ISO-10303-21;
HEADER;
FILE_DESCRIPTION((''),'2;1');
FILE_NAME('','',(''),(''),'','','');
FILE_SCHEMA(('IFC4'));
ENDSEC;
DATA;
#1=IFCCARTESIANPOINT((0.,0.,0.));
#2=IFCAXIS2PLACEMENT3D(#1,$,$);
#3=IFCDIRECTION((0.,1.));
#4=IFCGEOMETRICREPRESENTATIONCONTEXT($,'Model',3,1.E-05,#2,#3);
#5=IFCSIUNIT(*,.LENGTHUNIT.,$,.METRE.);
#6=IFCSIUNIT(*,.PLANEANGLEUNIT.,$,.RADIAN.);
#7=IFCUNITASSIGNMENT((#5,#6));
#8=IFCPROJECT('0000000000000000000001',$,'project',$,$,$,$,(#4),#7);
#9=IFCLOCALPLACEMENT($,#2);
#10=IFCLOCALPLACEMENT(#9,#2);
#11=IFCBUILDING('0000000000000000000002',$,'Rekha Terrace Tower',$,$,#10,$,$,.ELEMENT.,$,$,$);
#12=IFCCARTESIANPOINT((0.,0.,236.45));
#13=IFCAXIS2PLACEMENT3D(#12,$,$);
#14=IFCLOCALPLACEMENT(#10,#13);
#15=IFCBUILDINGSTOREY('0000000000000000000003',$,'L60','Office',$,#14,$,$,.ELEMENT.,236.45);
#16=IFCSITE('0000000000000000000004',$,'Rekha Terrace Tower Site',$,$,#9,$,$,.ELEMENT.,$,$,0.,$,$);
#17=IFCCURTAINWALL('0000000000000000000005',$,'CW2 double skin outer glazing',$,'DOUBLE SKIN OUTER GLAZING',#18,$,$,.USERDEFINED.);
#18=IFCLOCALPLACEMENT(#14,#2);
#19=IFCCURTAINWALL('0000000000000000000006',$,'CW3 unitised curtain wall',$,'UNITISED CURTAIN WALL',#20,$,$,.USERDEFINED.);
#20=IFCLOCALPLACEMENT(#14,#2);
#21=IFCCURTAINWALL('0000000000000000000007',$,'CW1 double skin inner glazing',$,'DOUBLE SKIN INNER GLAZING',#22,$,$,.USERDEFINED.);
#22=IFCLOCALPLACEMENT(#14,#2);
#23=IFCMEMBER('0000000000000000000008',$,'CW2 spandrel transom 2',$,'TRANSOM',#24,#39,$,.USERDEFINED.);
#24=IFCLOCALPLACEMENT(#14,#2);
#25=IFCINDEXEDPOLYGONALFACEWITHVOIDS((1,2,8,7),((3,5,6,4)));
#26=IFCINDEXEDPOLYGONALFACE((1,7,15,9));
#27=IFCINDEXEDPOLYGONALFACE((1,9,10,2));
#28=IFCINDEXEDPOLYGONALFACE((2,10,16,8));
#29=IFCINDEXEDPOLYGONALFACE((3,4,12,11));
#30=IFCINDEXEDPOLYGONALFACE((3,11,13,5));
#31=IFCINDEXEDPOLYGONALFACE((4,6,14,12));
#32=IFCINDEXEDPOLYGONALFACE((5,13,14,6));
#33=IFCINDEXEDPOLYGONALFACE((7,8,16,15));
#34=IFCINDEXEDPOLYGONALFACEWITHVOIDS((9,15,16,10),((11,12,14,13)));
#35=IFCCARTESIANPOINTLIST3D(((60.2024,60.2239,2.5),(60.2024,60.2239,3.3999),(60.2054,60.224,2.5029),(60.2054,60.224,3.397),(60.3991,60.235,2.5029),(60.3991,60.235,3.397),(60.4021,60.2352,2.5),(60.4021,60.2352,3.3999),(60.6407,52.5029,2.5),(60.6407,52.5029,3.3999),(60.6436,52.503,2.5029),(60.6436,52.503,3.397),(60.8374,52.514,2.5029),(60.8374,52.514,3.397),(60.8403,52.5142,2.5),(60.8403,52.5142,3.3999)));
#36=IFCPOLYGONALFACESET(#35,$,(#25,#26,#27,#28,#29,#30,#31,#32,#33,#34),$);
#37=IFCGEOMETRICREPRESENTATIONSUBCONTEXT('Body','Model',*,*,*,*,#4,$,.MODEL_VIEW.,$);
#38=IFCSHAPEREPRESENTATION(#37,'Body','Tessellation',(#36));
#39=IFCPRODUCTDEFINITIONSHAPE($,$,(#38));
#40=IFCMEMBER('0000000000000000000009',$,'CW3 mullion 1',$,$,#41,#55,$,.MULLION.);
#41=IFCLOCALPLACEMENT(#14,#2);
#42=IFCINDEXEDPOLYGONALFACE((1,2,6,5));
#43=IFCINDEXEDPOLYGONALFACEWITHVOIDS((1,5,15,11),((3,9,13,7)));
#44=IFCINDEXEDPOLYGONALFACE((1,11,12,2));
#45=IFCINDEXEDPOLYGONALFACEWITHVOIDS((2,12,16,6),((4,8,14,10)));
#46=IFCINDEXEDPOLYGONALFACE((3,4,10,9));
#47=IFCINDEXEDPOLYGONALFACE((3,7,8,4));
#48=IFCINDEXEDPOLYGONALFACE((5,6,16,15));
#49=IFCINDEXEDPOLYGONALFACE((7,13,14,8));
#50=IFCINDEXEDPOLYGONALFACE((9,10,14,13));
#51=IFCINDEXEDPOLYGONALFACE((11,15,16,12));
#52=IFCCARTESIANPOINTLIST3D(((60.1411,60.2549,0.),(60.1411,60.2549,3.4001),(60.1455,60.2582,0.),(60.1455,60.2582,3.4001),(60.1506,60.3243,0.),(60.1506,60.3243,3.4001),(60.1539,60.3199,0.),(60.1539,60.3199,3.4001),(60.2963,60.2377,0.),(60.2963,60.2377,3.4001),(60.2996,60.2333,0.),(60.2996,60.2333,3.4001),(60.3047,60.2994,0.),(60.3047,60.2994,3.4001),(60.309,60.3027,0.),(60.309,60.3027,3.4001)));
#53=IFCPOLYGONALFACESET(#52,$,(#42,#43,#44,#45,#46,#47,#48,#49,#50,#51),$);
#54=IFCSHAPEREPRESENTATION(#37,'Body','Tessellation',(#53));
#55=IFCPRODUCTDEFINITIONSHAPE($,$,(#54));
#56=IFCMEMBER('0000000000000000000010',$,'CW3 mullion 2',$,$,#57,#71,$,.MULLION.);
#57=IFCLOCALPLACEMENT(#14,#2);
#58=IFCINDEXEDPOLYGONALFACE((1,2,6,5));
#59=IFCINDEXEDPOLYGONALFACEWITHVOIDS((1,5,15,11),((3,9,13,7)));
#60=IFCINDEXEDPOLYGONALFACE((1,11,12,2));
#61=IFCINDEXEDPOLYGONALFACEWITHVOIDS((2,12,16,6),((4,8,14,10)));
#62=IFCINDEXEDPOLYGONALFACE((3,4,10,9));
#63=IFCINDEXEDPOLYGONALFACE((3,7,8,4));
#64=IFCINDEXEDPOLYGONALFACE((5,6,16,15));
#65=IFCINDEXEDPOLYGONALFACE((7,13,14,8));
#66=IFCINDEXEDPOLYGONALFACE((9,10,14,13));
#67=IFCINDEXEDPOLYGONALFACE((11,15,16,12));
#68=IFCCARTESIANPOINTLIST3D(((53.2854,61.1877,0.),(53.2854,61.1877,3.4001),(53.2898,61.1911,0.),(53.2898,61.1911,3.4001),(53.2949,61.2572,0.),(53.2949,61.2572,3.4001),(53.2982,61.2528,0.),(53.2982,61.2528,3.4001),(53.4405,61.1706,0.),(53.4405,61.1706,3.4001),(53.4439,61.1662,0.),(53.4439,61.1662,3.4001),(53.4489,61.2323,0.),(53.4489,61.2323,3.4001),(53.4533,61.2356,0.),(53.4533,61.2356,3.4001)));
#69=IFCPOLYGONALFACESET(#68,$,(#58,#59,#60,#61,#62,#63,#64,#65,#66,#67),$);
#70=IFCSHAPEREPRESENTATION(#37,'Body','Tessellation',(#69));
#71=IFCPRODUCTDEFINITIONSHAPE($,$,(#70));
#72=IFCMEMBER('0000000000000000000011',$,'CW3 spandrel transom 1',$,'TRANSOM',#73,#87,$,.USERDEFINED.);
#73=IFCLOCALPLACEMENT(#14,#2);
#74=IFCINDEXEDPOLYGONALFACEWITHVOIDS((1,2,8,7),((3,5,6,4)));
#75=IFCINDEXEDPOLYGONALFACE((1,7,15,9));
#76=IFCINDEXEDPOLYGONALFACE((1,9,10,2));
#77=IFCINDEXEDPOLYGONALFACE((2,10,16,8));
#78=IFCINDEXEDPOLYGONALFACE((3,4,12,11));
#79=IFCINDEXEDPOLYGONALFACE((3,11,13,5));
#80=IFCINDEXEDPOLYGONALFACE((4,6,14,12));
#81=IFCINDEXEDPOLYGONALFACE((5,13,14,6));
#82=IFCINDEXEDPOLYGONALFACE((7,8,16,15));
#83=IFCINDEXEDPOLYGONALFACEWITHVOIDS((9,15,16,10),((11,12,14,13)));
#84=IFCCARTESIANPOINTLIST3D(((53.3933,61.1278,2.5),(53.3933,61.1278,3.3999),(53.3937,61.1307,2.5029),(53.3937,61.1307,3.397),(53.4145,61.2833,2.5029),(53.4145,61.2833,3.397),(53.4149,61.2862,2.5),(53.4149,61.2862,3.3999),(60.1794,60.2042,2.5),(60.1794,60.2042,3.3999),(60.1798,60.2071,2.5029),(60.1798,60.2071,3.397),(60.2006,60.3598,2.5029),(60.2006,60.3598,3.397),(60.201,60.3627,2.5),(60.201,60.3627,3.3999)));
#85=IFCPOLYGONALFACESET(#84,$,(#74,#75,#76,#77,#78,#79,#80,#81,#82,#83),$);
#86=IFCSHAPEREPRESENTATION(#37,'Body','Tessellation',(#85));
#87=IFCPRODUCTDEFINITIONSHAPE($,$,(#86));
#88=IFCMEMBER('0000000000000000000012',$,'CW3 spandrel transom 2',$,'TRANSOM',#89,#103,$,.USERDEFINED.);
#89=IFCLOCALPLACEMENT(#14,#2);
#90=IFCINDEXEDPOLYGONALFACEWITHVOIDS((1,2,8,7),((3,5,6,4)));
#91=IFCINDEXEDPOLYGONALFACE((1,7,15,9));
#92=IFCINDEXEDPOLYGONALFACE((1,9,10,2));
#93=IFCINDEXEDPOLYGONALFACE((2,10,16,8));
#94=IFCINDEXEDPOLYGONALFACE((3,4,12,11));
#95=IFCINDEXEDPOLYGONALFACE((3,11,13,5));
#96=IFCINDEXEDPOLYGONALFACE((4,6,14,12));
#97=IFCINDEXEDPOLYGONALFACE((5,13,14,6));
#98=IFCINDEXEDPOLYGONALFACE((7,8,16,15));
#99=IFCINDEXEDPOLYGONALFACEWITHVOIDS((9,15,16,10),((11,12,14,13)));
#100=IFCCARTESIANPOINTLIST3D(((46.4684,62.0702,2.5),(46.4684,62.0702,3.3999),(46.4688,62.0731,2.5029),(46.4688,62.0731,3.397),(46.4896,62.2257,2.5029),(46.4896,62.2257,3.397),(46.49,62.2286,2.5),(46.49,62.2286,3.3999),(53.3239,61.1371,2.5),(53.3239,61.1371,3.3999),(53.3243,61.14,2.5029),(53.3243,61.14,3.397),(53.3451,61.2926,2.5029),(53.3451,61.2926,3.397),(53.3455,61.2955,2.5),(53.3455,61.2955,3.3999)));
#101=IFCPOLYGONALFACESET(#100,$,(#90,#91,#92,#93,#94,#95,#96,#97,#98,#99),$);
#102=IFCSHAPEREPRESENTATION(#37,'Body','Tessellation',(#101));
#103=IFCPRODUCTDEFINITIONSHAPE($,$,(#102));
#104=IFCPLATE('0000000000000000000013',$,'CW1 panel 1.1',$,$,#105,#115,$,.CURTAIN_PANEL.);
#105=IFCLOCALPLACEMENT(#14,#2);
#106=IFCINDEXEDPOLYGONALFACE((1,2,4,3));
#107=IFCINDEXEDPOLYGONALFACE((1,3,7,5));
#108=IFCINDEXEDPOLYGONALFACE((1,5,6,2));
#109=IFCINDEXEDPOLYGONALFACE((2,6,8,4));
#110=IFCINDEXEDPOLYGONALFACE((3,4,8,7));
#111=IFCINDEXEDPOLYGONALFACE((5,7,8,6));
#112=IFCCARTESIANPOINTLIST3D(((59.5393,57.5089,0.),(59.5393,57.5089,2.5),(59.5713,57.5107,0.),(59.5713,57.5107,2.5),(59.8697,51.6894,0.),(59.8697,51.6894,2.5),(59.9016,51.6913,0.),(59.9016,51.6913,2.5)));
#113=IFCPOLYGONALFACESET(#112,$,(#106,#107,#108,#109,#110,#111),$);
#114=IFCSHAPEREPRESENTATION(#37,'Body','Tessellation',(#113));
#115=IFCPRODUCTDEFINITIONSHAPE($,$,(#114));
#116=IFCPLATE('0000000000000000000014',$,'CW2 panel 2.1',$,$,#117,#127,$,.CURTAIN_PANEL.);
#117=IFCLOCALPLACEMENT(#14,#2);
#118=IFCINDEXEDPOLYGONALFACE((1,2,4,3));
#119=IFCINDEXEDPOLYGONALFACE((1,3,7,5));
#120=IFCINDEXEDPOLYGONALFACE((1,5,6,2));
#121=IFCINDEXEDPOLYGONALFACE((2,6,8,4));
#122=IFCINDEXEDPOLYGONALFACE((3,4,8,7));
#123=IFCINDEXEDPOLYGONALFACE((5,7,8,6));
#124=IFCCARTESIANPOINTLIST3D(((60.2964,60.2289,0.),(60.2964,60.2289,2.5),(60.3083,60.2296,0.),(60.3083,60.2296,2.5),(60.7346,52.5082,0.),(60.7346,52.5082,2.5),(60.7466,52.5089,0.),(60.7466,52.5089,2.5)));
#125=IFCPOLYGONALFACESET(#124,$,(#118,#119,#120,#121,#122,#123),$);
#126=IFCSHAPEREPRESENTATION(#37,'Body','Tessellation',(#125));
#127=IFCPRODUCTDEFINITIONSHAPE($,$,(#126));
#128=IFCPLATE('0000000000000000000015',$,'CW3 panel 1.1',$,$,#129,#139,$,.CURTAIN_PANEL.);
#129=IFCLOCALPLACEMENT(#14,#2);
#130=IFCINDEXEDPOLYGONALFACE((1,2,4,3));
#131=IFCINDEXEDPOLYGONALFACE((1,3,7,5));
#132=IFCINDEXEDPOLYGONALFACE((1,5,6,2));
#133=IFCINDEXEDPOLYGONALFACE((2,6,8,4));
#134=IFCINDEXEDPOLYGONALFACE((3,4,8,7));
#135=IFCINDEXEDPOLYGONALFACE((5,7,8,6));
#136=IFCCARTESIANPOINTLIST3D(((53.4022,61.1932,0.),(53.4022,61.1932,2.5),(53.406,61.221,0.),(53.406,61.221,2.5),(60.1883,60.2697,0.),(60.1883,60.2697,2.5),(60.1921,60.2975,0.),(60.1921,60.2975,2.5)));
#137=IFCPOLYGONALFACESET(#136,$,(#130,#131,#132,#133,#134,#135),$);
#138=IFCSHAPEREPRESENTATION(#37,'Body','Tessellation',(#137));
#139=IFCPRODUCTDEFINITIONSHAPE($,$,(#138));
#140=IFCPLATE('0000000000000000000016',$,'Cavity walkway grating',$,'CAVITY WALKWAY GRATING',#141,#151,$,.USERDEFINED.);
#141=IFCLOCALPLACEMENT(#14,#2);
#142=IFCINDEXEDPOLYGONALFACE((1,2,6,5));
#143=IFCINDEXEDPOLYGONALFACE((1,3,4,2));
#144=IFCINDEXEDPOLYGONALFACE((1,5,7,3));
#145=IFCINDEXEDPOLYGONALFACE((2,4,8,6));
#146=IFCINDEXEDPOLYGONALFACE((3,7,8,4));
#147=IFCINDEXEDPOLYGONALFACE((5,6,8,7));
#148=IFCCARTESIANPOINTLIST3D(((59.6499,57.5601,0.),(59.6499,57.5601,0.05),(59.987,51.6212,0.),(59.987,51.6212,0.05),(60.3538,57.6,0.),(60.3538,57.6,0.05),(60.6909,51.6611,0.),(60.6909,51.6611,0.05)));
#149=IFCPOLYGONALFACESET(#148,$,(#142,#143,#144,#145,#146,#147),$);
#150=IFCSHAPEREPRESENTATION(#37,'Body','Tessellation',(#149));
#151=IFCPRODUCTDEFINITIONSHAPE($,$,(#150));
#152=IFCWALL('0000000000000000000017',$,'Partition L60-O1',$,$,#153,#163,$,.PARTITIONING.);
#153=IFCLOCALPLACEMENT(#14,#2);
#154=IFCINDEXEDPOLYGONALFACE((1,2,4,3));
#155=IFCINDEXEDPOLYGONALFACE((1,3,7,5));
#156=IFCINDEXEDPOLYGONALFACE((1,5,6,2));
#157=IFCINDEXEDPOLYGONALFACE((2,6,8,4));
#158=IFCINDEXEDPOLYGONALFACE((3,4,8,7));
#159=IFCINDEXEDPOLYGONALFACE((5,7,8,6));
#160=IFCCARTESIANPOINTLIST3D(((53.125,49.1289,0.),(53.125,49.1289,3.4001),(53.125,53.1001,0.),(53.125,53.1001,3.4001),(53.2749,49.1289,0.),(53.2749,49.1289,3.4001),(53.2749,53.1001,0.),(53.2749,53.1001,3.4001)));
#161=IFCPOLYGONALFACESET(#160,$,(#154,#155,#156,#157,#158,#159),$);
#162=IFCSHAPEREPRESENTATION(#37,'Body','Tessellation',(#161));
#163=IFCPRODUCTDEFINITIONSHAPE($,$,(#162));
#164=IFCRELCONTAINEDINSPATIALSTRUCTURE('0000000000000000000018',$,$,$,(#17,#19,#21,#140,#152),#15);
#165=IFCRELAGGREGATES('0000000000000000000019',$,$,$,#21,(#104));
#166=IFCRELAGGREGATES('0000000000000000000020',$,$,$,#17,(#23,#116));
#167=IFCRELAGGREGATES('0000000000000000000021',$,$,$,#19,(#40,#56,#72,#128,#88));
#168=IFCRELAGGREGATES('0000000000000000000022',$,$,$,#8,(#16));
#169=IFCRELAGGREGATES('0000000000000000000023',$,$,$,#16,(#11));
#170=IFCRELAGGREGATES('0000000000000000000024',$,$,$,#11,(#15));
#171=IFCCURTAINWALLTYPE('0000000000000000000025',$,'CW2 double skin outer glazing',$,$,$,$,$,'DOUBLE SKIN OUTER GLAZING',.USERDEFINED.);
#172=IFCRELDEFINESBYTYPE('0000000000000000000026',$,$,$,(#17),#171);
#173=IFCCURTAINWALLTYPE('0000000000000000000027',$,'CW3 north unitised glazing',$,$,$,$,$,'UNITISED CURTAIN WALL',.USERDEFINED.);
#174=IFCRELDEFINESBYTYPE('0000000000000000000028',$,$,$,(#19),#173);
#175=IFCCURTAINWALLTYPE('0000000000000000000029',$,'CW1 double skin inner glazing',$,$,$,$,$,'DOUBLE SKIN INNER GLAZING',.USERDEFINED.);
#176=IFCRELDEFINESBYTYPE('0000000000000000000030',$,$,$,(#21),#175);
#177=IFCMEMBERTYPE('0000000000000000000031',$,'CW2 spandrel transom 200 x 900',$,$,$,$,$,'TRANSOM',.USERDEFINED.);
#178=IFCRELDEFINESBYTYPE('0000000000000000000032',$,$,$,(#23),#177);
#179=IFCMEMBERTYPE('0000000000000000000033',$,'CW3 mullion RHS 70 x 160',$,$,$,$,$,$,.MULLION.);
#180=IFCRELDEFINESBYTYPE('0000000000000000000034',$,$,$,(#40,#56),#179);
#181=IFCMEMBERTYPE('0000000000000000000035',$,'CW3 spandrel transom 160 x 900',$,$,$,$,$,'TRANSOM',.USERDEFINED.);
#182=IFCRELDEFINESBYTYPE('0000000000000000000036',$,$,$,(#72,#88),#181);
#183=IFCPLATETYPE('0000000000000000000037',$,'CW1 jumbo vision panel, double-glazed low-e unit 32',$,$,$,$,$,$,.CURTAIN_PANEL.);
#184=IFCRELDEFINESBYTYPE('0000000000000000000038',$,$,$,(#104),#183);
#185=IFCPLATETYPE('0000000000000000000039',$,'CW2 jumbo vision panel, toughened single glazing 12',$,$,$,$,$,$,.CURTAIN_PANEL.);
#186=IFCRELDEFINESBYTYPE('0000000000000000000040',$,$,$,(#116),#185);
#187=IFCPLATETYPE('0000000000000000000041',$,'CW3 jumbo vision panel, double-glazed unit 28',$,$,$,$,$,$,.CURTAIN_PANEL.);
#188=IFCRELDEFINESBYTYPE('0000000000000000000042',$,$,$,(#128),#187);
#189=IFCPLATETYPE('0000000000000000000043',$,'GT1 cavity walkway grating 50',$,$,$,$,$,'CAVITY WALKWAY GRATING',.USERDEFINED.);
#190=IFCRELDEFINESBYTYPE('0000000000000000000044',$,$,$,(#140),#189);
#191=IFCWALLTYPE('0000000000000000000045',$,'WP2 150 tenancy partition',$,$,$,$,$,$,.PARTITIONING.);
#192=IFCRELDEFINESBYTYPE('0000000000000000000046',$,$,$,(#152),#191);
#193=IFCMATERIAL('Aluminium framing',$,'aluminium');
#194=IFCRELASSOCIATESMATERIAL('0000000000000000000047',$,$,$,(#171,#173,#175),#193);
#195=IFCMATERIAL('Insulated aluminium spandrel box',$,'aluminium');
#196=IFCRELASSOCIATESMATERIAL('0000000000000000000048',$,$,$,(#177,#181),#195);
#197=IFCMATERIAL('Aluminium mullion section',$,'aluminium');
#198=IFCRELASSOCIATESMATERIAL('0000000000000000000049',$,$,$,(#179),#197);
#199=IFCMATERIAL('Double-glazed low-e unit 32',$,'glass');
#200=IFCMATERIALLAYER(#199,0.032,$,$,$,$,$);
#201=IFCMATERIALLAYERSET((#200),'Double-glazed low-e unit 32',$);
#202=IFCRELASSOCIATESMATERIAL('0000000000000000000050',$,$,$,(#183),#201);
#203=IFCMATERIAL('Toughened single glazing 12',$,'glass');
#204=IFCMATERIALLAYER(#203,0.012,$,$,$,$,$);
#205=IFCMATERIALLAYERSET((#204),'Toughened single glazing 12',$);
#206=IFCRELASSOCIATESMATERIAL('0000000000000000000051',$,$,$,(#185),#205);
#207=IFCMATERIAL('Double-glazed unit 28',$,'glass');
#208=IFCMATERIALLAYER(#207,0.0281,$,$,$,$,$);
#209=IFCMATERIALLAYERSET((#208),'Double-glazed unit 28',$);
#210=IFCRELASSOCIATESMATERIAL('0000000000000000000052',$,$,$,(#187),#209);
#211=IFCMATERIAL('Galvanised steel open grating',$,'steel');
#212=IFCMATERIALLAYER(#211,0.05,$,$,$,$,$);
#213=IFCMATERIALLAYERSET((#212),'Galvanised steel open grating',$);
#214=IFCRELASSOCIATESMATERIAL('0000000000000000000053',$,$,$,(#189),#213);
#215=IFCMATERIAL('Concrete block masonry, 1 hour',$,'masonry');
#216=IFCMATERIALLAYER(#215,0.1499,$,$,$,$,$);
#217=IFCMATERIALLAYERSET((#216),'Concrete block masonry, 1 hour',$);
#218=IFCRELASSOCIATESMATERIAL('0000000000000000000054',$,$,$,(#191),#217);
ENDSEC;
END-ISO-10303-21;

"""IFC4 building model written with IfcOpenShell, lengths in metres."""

from ifc_helpers import new_model, si_unit, direction, frame, frame_2d, origin, origin_2d, place, context, subcontext, project, spatial, rectangle, hollow_rectangle, extrude, material, layer, layer_set, material_profile, profile_set, type_object, element, aggregate, save


model = new_model("IFC4")

# Units and contexts
model_context = context("Model", 3, precision=1e-05, world=origin(), true_north=direction((0.0, 1.0)))
body_context = subcontext(model_context, "Body", "Model", "MODEL_VIEW")
ifc_project = project(units=[si_unit("LENGTHUNIT", "METRE"), si_unit("PLANEANGLEUNIT", "RADIAN")], contexts=[model_context])

# Site, building, storey
site_placement = place(None, origin())
site = spatial("IfcSite", under=ifc_project, at=site_placement, Name="Rekha Terrace Tower Site", CompositionType="ELEMENT", RefElevation=0.0)
building_placement = place(site_placement, origin())
building = spatial("IfcBuilding", under=site, at=building_placement, Name="Rekha Terrace Tower", CompositionType="ELEMENT")
storey_placement = place(building_placement, frame((0.0, 0.0, 236.45)))
storey = spatial("IfcBuildingStorey", under=building, at=storey_placement, Name="L60", Description="Office", CompositionType="ELEMENT", Elevation=236.45)

# Curtain walls
ifc_material_1 = material(Name="Aluminium framing", Category="aluminium")
curtain_wall_type_1 = type_object("IfcCurtainWallType", Name="CW2 double skin outer glazing", ElementType="DOUBLE SKIN OUTER GLAZING", PredefinedType="USERDEFINED", material=ifc_material_1)
curtain_wall_1_placement = place(storey_placement, origin())
curtain_wall_1 = element("IfcCurtainWall", 1, at=curtain_wall_1_placement, inside=storey, type_object=curtain_wall_type_1, Name="CW2 double skin outer glazing", ObjectType="DOUBLE SKIN OUTER GLAZING", PredefinedType="USERDEFINED")
curtain_wall_type_2 = type_object("IfcCurtainWallType", Name="CW3 north unitised glazing", ElementType="UNITISED CURTAIN WALL", PredefinedType="USERDEFINED", material=ifc_material_1)
curtain_wall_2_placement = place(storey_placement, origin())
curtain_wall_2 = element("IfcCurtainWall", 2, at=curtain_wall_2_placement, inside=storey, type_object=curtain_wall_type_2, Name="CW3 unitised curtain wall", ObjectType="UNITISED CURTAIN WALL", PredefinedType="USERDEFINED")
curtain_wall_type_3 = type_object("IfcCurtainWallType", Name="CW1 double skin inner glazing", ElementType="DOUBLE SKIN INNER GLAZING", PredefinedType="USERDEFINED", material=ifc_material_1)
ifc_material_2 = material(Name="Aluminium mullion section", Category="aluminium")

# Curtain wall
curtain_wall_3_placement = place(storey_placement, origin())
curtain_wall_3 = element("IfcCurtainWall", 3, at=curtain_wall_3_placement, inside=storey, type_object=curtain_wall_type_3, Name="CW1 double skin inner glazing", ObjectType="DOUBLE SKIN INNER GLAZING", PredefinedType="USERDEFINED")
ifc_material_3 = material(Name="Insulated aluminium spandrel box", Category="aluminium")

# Members
ifc_material_profile_1 = material_profile(ifc_material_3, hollow_rectangle(XDim=0.2, YDim=0.8999, WallThickness=0.0029, at=origin_2d()), Name="AL SPANDREL BOX 200x900")
ifc_profile_set_1 = profile_set([ifc_material_profile_1], Name="Insulated aluminium spandrel box")
member_type_1 = type_object("IfcMemberType", Name="CW2 spandrel transom 200 x 900", ElementType="TRANSOM", PredefinedType="USERDEFINED", material=ifc_profile_set_1)
member_1_placement = place(storey_placement, frame((60.7405, 52.5085, 2.95), z_axis=(-0.056668, 0.998393, 0.0), x_axis=(-0.998393, -0.056668, 0.0)))
member_1 = element("IfcMember", 4, at=member_1_placement, type_object=member_type_1, Name="CW2 spandrel transom 2", ObjectType="TRANSOM", PredefinedType="USERDEFINED", context=body_context, shape_type="SweptSolid", body=[
    extrude(hollow_rectangle(XDim=0.2, YDim=0.8999, WallThickness=0.0029, at=origin_2d()), origin(), (0.0, 0.0, 1.0), 7.7334),
])
ifc_material_profile_2 = material_profile(ifc_material_2, hollow_rectangle(XDim=0.0701, YDim=0.1599, WallThickness=0.0039, at=origin_2d()), Name="AL RHS 70x160")
ifc_profile_set_2 = profile_set([ifc_material_profile_2], Name="Aluminium mullion section")
member_type_2 = type_object("IfcMemberType", Name="CW3 mullion RHS 70 x 160", PredefinedType="MULLION", material=ifc_profile_set_2)
member_2_placement = place(storey_placement, frame((60.2251, 60.2788, 0.0), z_axis=(0.0, 0.0, 1.0), x_axis=(-0.134841, -0.990867, 0.0)))
member_2 = element("IfcMember", 5, at=member_2_placement, type_object=member_type_2, Name="CW3 mullion 1", PredefinedType="MULLION", context=body_context, shape_type="SweptSolid", body=[
    extrude(hollow_rectangle(XDim=0.0701, YDim=0.1599, WallThickness=0.0039, at=origin_2d()), origin(), (0.0, 0.0, 1.0), 3.4001),
])
member_3_placement = place(storey_placement, frame((53.3694, 61.2117, 0.0), z_axis=(0.0, 0.0, 1.0), x_axis=(-0.134841, -0.990867, 0.0)))
member_3 = element("IfcMember", 6, at=member_3_placement, type_object=member_type_2, Name="CW3 mullion 2", PredefinedType="MULLION", context=body_context, shape_type="SweptSolid", body=[
    extrude(hollow_rectangle(XDim=0.0701, YDim=0.1599, WallThickness=0.0039, at=origin_2d()), origin(), (0.0, 0.0, 1.0), 3.4001),
])
ifc_material_profile_3 = material_profile(ifc_material_3, hollow_rectangle(XDim=0.1599, YDim=0.8999, WallThickness=0.0029, at=origin_2d()), Name="AL SPANDREL BOX 160x900")
ifc_profile_set_3 = profile_set([ifc_material_profile_3], Name="Insulated aluminium spandrel box")
member_type_3 = type_object("IfcMemberType", Name="CW3 spandrel transom 160 x 900", ElementType="TRANSOM", PredefinedType="USERDEFINED", material=ifc_profile_set_3)
member_4_placement = place(storey_placement, frame((60.1902, 60.2834, 2.95), z_axis=(-0.990865, 0.134855, 0.0), x_axis=(-0.134855, -0.990865, 0.0)))
member_4 = element("IfcMember", 7, at=member_4_placement, type_object=member_type_3, Name="CW3 spandrel transom 1", ObjectType="TRANSOM", PredefinedType="USERDEFINED", context=body_context, shape_type="SweptSolid", body=[
    extrude(hollow_rectangle(XDim=0.1599, YDim=0.8999, WallThickness=0.0029, at=origin_2d()), origin(), (0.0, 0.0, 1.0), 6.8486),
])
member_5_placement = place(storey_placement, frame((53.3347, 61.2163, 2.95), z_axis=(-0.990864, 0.134868, 0.0), x_axis=(-0.134868, -0.990864, 0.0)))
member_5 = element("IfcMember", 8, at=member_5_placement, type_object=member_type_3, Name="CW3 spandrel transom 2", ObjectType="TRANSOM", PredefinedType="USERDEFINED", context=body_context, shape_type="SweptSolid", body=[
    extrude(hollow_rectangle(XDim=0.1599, YDim=0.8999, WallThickness=0.0029, at=origin_2d()), origin(), (0.0, 0.0, 1.0), 6.9187),
])

# Plates
ifc_material_4 = material(Name="Double-glazed low-e unit 32", Category="glass")
ifc_layer_1 = layer(ifc_material_4, 0.032)
ifc_layer_set_1 = layer_set([ifc_layer_1], Name="Double-glazed low-e unit 32")
plate_type_1 = type_object("IfcPlateType", Name="CW1 jumbo vision panel, double-glazed low-e unit 32", PredefinedType="CURTAIN_PANEL", material=ifc_layer_set_1)
plate_1_placement = place(storey_placement, frame((59.7205, 54.6001, 0.0), z_axis=(0.0, 0.0, 1.0), x_axis=(-0.056673, 0.998393, 0.0)))
plate_1 = element("IfcPlate", 9, at=plate_1_placement, type_object=plate_type_1, Name="CW1 panel 1.1", PredefinedType="CURTAIN_PANEL", context=body_context, shape_type="SweptSolid", body=[
    extrude(rectangle(XDim=5.8289, YDim=0.032, at=origin_2d()), origin(), (0.0, 0.0, 1.0), 2.5),
])
aggregate(curtain_wall_3, [plate_1])
ifc_material_5 = material(Name="Toughened single glazing 12", Category="glass")
ifc_layer_2 = layer(ifc_material_5, 0.012)
ifc_layer_set_2 = layer_set([ifc_layer_2], Name="Toughened single glazing 12")
plate_type_2 = type_object("IfcPlateType", Name="CW2 jumbo vision panel, toughened single glazing 12", PredefinedType="CURTAIN_PANEL", material=ifc_layer_set_2)
plate_2_placement = place(storey_placement, frame((60.5215, 56.3689, 0.0), z_axis=(0.0, 0.0, 1.0), x_axis=(-0.056673, 0.998393, 0.0)))
plate_2 = element("IfcPlate", 10, at=plate_2_placement, type_object=plate_type_2, Name="CW2 panel 2.1", PredefinedType="CURTAIN_PANEL", context=body_context, shape_type="SweptSolid", body=[
    extrude(rectangle(XDim=7.7332, YDim=0.012, at=origin_2d()), origin(), (0.0, 0.0, 1.0), 2.5),
])
aggregate(curtain_wall_1, [member_1, plate_2])
ifc_material_6 = material(Name="Double-glazed unit 28", Category="glass")
ifc_layer_3 = layer(ifc_material_6, 0.0281)
ifc_layer_set_3 = layer_set([ifc_layer_3], Name="Double-glazed unit 28")
plate_type_3 = type_object("IfcPlateType", Name="CW3 jumbo vision panel, double-glazed unit 28", PredefinedType="CURTAIN_PANEL", material=ifc_layer_set_3)
plate_3_placement = place(storey_placement, frame((56.7971, 60.7454, 0.0), z_axis=(0.0, 0.0, 1.0), x_axis=(-0.990867, 0.134841, 0.0)))
plate_3 = element("IfcPlate", 11, at=plate_3_placement, type_object=plate_type_3, Name="CW3 panel 1.1", PredefinedType="CURTAIN_PANEL", context=body_context, shape_type="SweptSolid", body=[
    extrude(rectangle(XDim=6.8486, YDim=0.0281, at=origin_2d()), origin(), (0.0, 0.0, 1.0), 2.5),
])
aggregate(curtain_wall_2, [member_2, member_3, member_4, plate_3, member_5])
ifc_material_7 = material(Name="Galvanised steel open grating", Category="steel")
ifc_layer_4 = layer(ifc_material_7, 0.05)
ifc_layer_set_4 = layer_set([ifc_layer_4], Name="Galvanised steel open grating")
plate_type_4 = type_object("IfcPlateType", Name="GT1 cavity walkway grating 50", ElementType="CAVITY WALKWAY GRATING", PredefinedType="USERDEFINED", material=ifc_layer_set_4)
plate_4_placement = place(storey_placement, frame((60.1704, 54.6106, 0.0), z_axis=(0.0, 0.0, 1.0), x_axis=(-0.056673, 0.998393, 0.0)))
element("IfcPlate", 12, at=plate_4_placement, inside=storey, type_object=plate_type_4, Name="Cavity walkway grating", ObjectType="CAVITY WALKWAY GRATING", PredefinedType="USERDEFINED", context=body_context, shape_type="SweptSolid", body=[
    extrude(rectangle(XDim=5.9485, YDim=0.7051, at=origin_2d()), origin(), (0.0, 0.0, 1.0), 0.05),
])

# Wall
ifc_material_8 = material(Name="Concrete block masonry, 1 hour", Category="masonry")
ifc_layer_5 = layer(ifc_material_8, 0.1499)
ifc_layer_set_5 = layer_set([ifc_layer_5], Name="Concrete block masonry, 1 hour")
wall_type_1 = type_object("IfcWallType", Name="WP2 150 tenancy partition", PredefinedType="PARTITIONING", material=ifc_layer_set_5)
wall_1_placement = place(storey_placement, frame((53.2, 49.1289, 0.0), z_axis=(0.0, 0.0, 1.0), x_axis=(0.0, 1.0, 0.0)))
element("IfcWall", 13, at=wall_1_placement, inside=storey, type_object=wall_type_1, Name="Partition L60-O1", PredefinedType="PARTITIONING", context=body_context, shape_type="SweptSolid", body=[
    extrude(rectangle(XDim=3.9712, YDim=0.1499, at=frame_2d((1.9856, 0.0))), origin(), (0.0, 0.0, 1.0), 3.4001),
])

save(model, "model.ifc")
